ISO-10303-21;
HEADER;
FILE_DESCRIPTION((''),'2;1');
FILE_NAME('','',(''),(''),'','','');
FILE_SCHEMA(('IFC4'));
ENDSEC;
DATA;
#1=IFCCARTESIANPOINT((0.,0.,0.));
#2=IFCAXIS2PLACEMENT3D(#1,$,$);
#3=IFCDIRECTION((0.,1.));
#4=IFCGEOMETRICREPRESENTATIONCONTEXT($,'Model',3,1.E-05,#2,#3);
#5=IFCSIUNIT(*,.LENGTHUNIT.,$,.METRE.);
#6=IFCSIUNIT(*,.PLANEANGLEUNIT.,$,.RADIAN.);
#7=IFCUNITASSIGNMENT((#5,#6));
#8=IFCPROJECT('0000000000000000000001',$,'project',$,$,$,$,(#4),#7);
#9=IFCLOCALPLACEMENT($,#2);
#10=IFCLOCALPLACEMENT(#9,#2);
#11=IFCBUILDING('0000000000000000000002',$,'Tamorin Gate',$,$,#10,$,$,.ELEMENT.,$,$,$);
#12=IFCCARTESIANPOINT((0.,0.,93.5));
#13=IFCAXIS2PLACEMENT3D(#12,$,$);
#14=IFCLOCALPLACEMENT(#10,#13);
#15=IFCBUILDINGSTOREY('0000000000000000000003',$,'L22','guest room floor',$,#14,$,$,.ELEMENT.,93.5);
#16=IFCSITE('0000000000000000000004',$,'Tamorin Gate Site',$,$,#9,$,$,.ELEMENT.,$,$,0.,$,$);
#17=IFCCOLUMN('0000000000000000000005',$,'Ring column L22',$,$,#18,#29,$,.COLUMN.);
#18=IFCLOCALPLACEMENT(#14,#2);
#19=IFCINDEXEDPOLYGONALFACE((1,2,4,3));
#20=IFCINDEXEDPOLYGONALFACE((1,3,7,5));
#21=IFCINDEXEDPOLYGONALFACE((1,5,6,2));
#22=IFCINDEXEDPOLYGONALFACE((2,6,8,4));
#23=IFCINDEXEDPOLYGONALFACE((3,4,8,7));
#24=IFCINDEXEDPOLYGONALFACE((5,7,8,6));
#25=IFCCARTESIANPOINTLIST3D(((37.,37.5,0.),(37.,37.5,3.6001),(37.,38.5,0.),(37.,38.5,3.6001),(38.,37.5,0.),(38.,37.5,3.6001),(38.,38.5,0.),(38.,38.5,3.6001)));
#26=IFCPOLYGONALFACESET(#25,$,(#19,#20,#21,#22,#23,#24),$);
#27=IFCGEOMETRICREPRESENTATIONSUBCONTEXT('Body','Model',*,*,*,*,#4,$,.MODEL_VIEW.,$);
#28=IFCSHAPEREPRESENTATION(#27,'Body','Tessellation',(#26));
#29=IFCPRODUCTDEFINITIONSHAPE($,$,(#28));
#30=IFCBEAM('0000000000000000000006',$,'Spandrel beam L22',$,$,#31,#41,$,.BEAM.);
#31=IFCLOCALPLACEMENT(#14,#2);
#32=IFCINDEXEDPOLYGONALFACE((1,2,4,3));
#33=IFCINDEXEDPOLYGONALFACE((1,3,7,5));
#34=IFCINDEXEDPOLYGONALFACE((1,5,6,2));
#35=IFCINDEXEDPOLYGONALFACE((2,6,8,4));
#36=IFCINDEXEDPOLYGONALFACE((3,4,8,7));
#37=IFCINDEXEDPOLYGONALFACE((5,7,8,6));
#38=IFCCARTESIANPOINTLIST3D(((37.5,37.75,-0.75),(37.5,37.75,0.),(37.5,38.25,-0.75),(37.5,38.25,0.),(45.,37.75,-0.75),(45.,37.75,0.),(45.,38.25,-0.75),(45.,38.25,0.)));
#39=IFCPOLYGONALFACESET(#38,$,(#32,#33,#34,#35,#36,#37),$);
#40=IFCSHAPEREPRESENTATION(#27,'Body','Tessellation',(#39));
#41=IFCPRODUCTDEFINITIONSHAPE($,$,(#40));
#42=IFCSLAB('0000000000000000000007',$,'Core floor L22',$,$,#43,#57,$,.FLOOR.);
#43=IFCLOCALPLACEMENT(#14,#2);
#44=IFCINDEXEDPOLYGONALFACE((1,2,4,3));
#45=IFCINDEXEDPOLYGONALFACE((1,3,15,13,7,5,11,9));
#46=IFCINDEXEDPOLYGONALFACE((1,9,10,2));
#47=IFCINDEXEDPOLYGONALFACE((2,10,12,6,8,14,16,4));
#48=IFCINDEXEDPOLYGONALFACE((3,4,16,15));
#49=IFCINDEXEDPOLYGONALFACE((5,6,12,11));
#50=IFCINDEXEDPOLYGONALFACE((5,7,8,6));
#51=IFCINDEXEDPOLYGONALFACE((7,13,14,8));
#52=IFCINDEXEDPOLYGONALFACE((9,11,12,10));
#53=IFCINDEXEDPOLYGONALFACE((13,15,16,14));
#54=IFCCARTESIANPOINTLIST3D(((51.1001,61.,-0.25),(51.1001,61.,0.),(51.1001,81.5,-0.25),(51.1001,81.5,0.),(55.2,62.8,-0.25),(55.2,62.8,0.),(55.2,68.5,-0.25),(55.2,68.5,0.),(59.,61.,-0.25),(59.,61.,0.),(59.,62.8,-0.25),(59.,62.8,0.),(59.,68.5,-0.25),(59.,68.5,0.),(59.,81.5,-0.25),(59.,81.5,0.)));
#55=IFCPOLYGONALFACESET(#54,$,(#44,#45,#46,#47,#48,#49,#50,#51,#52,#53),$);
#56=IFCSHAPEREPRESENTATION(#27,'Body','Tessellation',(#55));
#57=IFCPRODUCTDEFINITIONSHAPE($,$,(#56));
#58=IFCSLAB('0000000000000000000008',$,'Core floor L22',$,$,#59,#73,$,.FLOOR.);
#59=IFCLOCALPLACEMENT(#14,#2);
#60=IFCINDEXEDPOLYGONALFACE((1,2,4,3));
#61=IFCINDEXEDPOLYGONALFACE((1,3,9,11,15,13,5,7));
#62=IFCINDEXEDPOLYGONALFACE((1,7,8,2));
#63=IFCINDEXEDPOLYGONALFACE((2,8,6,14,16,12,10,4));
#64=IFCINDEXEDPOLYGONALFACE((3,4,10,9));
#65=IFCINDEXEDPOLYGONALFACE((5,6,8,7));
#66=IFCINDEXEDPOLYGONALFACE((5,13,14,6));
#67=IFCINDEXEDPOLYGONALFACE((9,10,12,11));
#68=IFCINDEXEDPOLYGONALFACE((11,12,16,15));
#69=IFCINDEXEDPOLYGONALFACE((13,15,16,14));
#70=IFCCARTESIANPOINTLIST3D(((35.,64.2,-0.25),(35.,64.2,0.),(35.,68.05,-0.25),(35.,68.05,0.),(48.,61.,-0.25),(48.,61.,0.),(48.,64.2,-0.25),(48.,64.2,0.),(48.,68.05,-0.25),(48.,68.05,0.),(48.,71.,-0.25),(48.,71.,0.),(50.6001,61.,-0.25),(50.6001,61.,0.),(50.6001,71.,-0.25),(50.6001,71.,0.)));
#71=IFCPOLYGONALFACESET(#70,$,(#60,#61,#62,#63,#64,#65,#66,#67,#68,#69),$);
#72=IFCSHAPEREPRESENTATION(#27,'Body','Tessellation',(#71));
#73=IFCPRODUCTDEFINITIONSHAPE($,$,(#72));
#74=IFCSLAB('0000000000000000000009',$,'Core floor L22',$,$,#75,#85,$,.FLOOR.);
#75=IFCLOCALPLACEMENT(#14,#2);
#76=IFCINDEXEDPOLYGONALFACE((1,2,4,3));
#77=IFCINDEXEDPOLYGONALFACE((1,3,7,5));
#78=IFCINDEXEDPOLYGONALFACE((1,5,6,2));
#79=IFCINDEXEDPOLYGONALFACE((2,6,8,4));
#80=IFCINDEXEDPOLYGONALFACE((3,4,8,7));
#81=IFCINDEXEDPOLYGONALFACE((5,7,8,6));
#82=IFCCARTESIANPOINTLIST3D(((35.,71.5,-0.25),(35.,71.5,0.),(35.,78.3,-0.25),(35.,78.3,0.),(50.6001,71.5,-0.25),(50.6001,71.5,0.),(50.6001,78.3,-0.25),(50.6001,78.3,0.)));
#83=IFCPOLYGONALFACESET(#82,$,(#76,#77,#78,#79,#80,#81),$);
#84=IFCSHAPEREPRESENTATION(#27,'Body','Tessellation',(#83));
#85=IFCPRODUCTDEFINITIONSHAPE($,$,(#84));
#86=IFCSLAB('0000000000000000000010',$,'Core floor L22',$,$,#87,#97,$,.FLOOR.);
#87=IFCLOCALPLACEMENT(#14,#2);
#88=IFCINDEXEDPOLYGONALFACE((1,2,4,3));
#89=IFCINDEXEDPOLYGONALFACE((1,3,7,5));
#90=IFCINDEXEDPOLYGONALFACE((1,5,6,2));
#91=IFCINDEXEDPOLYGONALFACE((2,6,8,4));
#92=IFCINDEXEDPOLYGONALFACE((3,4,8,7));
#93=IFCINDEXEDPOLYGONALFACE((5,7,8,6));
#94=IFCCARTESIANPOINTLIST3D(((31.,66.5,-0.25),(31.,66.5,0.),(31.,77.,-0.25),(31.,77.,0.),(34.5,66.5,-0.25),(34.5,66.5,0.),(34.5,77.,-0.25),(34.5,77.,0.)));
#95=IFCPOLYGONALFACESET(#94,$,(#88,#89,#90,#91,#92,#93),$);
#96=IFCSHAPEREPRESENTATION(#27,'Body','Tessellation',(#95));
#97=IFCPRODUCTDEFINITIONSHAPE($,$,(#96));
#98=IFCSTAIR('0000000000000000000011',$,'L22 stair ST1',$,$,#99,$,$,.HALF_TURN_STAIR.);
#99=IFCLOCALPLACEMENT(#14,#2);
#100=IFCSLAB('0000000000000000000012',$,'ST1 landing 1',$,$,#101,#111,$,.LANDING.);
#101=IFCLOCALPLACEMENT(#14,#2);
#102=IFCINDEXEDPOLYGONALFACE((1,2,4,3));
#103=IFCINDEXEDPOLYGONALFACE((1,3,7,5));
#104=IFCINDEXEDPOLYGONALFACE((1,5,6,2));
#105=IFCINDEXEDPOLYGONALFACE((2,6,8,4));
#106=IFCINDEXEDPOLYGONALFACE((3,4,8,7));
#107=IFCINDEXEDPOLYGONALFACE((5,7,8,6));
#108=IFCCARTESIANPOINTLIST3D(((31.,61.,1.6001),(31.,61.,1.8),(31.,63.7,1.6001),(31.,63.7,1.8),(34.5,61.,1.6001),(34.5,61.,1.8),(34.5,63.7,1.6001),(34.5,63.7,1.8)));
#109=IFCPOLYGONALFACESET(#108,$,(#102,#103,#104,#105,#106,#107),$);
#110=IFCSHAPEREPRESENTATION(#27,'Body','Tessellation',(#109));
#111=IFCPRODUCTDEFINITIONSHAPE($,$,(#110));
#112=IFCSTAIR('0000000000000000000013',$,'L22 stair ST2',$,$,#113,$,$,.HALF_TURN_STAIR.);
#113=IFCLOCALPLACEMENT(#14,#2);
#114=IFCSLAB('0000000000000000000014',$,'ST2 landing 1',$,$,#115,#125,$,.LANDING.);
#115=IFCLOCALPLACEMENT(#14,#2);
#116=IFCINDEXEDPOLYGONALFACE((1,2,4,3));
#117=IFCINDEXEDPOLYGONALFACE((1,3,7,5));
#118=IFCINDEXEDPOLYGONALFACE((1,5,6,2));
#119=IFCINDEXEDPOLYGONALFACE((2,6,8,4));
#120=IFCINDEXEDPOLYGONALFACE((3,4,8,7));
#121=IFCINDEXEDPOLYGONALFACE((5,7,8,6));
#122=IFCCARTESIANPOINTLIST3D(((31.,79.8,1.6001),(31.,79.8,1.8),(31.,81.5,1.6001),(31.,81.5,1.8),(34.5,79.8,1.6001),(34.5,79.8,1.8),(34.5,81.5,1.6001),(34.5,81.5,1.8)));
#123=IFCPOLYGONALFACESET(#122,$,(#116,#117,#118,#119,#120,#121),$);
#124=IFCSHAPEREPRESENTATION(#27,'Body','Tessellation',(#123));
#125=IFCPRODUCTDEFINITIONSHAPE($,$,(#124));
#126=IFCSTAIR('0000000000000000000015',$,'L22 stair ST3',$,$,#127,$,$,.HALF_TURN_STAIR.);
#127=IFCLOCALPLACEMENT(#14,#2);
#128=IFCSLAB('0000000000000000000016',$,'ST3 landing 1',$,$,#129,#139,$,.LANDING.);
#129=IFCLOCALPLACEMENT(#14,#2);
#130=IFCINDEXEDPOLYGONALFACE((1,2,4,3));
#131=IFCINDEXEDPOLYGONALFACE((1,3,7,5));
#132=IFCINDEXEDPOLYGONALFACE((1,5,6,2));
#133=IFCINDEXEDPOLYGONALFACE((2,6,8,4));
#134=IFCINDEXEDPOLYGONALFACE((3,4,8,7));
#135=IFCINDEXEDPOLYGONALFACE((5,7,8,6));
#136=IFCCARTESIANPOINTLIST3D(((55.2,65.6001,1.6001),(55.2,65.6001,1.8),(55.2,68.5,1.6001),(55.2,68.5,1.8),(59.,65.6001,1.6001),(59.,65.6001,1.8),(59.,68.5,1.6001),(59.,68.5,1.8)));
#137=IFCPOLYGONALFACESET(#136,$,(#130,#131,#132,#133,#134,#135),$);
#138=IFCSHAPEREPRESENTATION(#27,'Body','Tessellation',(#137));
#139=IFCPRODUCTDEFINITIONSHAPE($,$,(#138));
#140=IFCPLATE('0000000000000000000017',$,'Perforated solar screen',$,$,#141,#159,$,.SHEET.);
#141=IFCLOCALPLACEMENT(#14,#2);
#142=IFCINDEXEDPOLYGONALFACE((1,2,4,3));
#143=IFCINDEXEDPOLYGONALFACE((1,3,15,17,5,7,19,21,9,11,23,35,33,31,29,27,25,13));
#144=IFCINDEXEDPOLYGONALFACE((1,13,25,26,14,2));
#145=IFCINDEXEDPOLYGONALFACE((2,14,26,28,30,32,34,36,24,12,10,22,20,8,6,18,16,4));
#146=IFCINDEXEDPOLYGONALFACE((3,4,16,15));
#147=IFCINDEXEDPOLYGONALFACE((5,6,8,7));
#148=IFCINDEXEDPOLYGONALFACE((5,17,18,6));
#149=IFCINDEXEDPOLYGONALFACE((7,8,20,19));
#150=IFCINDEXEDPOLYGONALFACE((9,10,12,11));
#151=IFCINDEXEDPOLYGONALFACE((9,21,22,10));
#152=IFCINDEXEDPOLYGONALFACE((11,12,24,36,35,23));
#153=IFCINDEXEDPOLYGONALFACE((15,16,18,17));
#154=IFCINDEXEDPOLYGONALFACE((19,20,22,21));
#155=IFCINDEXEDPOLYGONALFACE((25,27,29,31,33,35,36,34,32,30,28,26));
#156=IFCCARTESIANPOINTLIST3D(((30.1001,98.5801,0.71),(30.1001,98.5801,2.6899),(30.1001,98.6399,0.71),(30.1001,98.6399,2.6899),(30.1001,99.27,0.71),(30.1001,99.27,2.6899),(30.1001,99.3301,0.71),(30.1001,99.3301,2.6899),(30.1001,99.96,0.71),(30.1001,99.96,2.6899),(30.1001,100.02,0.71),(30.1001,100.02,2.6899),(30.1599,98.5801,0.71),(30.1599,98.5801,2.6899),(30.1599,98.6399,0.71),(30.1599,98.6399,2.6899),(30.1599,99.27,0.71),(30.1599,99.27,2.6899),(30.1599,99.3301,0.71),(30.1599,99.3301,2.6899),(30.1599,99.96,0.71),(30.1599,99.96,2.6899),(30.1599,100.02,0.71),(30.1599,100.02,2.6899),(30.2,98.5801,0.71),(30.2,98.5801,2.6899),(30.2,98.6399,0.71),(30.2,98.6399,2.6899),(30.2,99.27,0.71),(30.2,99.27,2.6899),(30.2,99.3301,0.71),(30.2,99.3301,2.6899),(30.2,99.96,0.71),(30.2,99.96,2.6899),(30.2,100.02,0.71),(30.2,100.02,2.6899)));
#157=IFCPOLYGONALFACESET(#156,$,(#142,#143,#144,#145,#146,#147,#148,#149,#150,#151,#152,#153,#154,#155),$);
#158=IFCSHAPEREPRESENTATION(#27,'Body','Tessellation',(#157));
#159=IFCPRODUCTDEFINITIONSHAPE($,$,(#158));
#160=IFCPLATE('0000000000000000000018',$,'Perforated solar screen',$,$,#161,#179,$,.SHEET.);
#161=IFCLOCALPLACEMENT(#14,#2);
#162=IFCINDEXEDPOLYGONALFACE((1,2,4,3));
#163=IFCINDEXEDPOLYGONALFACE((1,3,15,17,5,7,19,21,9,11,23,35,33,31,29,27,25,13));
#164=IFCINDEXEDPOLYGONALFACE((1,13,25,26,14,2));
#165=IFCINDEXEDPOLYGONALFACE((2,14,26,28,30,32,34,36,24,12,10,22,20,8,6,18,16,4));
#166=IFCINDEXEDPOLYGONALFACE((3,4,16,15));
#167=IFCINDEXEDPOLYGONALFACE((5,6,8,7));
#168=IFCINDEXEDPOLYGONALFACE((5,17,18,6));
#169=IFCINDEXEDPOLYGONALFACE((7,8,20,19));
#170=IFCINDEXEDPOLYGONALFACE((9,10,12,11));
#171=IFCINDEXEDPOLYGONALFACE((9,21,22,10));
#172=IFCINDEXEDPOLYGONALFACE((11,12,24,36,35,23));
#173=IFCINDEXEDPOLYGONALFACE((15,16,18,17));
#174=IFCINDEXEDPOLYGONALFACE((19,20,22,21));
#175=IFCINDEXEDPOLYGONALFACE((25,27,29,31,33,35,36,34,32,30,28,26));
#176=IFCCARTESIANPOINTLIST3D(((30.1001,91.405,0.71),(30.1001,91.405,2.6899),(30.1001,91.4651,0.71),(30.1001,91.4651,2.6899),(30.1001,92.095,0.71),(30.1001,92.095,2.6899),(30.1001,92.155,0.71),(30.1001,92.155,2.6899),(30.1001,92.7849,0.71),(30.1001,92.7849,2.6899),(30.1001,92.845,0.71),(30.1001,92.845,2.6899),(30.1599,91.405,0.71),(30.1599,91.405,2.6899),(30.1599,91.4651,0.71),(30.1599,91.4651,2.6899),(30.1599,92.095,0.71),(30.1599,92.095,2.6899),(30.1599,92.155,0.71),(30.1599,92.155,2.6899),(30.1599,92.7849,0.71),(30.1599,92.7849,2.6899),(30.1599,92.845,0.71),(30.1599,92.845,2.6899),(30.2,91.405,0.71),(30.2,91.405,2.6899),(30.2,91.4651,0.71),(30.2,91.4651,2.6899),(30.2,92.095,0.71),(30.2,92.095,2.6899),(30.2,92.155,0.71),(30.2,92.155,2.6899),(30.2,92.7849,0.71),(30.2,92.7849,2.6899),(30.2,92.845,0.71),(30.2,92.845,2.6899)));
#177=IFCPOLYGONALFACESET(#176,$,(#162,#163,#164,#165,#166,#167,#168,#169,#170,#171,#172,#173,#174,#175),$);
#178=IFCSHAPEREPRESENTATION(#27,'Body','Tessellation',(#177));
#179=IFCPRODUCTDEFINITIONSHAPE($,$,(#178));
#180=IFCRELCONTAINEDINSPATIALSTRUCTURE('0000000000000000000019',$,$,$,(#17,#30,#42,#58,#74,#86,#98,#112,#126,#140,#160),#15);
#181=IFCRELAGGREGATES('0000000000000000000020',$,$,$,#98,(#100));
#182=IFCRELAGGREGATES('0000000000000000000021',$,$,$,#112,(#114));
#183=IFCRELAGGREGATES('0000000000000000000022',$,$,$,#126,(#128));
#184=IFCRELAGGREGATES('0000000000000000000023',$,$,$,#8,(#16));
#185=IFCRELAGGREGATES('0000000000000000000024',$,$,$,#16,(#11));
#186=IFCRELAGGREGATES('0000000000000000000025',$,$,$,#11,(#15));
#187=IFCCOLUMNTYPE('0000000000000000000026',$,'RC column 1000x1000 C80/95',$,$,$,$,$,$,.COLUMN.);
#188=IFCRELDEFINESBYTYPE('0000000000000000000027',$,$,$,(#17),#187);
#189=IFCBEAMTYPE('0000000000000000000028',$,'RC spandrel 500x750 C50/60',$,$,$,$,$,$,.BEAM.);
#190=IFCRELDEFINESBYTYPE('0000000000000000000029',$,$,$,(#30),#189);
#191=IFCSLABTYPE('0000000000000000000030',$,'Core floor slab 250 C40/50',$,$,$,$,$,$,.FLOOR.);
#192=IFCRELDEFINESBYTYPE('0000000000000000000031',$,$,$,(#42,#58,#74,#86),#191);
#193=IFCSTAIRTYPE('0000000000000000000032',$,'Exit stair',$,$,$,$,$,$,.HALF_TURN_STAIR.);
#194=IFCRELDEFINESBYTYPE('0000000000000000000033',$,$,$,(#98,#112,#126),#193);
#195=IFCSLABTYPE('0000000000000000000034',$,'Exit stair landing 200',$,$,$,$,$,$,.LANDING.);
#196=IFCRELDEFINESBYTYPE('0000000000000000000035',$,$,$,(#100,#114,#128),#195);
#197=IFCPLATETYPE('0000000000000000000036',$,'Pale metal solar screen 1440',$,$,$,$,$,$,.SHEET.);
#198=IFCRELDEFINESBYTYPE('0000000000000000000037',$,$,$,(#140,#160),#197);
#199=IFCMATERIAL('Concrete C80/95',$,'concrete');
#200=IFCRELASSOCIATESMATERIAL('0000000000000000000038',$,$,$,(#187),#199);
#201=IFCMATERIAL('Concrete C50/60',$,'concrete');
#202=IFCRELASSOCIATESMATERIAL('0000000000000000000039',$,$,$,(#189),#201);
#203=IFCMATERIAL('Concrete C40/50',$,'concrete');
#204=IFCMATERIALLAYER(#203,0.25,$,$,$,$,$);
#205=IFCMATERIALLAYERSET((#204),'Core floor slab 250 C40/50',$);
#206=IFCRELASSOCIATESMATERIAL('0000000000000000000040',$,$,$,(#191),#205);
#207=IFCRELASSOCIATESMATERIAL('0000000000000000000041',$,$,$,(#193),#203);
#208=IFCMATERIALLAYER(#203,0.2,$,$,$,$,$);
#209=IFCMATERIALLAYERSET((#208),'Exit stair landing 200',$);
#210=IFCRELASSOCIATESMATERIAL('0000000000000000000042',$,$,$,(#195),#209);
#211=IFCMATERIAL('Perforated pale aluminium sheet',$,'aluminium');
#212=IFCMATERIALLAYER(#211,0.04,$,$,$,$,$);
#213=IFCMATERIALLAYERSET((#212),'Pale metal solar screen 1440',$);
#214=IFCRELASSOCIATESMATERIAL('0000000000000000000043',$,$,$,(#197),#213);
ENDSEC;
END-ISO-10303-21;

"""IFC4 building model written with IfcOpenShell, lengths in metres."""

from ifc_helpers import new_model, si_unit, direction, frame, origin, origin_2d, place, context, subcontext, project, spatial, polyline, rectangle, outline, extrude, material, layer, layer_set, material_profile, profile_set, type_object, element, aggregate, save


model = new_model("IFC4")

# Units and contexts
model_context = context("Model", 3, precision=1e-05, world=origin(), true_north=direction((0.0, 1.0)))
body_context = subcontext(model_context, "Body", "Model", "MODEL_VIEW")
ifc_project = project(units=[si_unit("LENGTHUNIT", "METRE"), si_unit("PLANEANGLEUNIT", "RADIAN")], contexts=[model_context])

# Site, building, storey
site_placement = place(None, origin())
site = spatial("IfcSite", under=ifc_project, at=site_placement, Name="Tamorin Gate Site", CompositionType="ELEMENT", RefElevation=0.0)
building_placement = place(site_placement, origin())
building = spatial("IfcBuilding", under=site, at=building_placement, Name="Tamorin Gate", CompositionType="ELEMENT")
storey_placement = place(building_placement, frame((0.0, 0.0, 93.5)))
storey = spatial("IfcBuildingStorey", under=building, at=storey_placement, Name="L22", Description="guest room floor", CompositionType="ELEMENT", Elevation=93.5)

# Column
ifc_material_1 = material(Name="Concrete C80/95", Category="concrete")
ifc_material_profile_1 = material_profile(ifc_material_1, rectangle(XDim=1.0, YDim=1.0, at=origin_2d()), Name="RC 1000x1000")
ifc_profile_set_1 = profile_set([ifc_material_profile_1], Name="Concrete C80/95")
column_type = type_object("IfcColumnType", Name="RC column 1000x1000 C80/95", PredefinedType="COLUMN", material=ifc_profile_set_1)
column_placement = place(storey_placement, frame((37.5, 38.0, 0.0), z_axis=(0.0, 0.0, 1.0), x_axis=(1.0, 0.0, 0.0)))
element("IfcColumn", 1, at=column_placement, inside=storey, type_object=column_type, Name="Ring column L22", PredefinedType="COLUMN", context=body_context, shape_type="SweptSolid", body=[
    extrude(rectangle(XDim=1.0, YDim=1.0, at=origin_2d()), origin(), (0.0, 0.0, 1.0), 3.6001),
])

# Beam
ifc_material_2 = material(Name="Concrete C50/60", Category="concrete")
ifc_material_profile_2 = material_profile(ifc_material_2, rectangle(XDim=0.5, YDim=0.75, at=origin_2d()), Name="RC 500x750")
ifc_profile_set_2 = profile_set([ifc_material_profile_2], Name="Concrete C50/60")
beam_type = type_object("IfcBeamType", Name="RC spandrel 500x750 C50/60", PredefinedType="BEAM", material=ifc_profile_set_2)
beam_placement = place(storey_placement, frame((37.5, 38.0, -0.375), z_axis=(1.0, 0.0, 0.0), x_axis=(0.0, 1.0, 0.0)))
element("IfcBeam", 2, at=beam_placement, inside=storey, type_object=beam_type, Name="Spandrel beam L22", PredefinedType="BEAM", context=body_context, shape_type="SweptSolid", body=[
    extrude(rectangle(XDim=0.5, YDim=0.75, at=origin_2d()), origin(), (0.0, 0.0, 1.0), 7.5),
])

# Slabs
ifc_material_3 = material(Name="Concrete C40/50", Category="concrete")
ifc_layer_1 = layer(ifc_material_3, 0.25)
ifc_layer_set_1 = layer_set([ifc_layer_1], Name="Core floor slab 250 C40/50")
slab_type_1 = type_object("IfcSlabType", Name="Core floor slab 250 C40/50", PredefinedType="FLOOR", material=ifc_layer_set_1)
slab_1_placement = place(storey_placement, frame((0.0, 0.0, -0.25)))
element("IfcSlab", 3, at=slab_1_placement, inside=storey, type_object=slab_type_1, Name="Core floor L22", PredefinedType="FLOOR", context=body_context, shape_type="SweptSolid", body=[
    extrude(outline(polyline([(59.0, 62.8), (59.0, 61.0), (51.1001, 61.0), (51.1001, 81.5), (59.0, 81.5), (59.0, 68.5), (55.2, 68.5), (55.2, 62.8), (59.0, 62.8)])), origin(), (0.0, 0.0, 1.0), 0.25),
])
slab_2_placement = place(storey_placement, frame((0.0, 0.0, -0.25)))
element("IfcSlab", 4, at=slab_2_placement, inside=storey, type_object=slab_type_1, Name="Core floor L22", PredefinedType="FLOOR", context=body_context, shape_type="SweptSolid", body=[
    extrude(outline(polyline([(50.6001, 61.0), (48.0, 61.0), (48.0, 64.2), (35.0, 64.2), (35.0, 68.05), (48.0, 68.05), (48.0, 71.0), (50.6001, 71.0), (50.6001, 61.0)])), origin(), (0.0, 0.0, 1.0), 0.25),
])
slab_3_placement = place(storey_placement, frame((0.0, 0.0, -0.25)))
element("IfcSlab", 5, at=slab_3_placement, inside=storey, type_object=slab_type_1, Name="Core floor L22", PredefinedType="FLOOR", context=body_context, shape_type="SweptSolid", body=[
    extrude(outline(polyline([(50.6001, 71.5), (35.0, 71.5), (35.0, 78.3), (50.6001, 78.3), (50.6001, 71.5)])), origin(), (0.0, 0.0, 1.0), 0.25),
])
slab_4_placement = place(storey_placement, frame((0.0, 0.0, -0.25)))
element("IfcSlab", 6, at=slab_4_placement, inside=storey, type_object=slab_type_1, Name="Core floor L22", PredefinedType="FLOOR", context=body_context, shape_type="SweptSolid", body=[
    extrude(outline(polyline([(31.0, 66.5), (31.0, 77.0), (34.5, 77.0), (34.5, 66.5), (31.0, 66.5)])), origin(), (0.0, 0.0, 1.0), 0.25),
])

# Stairs, slabs
stair_type = type_object("IfcStairType", Name="Exit stair", PredefinedType="HALF_TURN_STAIR", material=ifc_material_3)
stair_1_placement = place(storey_placement, origin())
stair_1 = element("IfcStair", 7, at=stair_1_placement, inside=storey, type_object=stair_type, Name="L22 stair ST1", PredefinedType="HALF_TURN_STAIR")
ifc_layer_2 = layer(ifc_material_3, 0.2)
ifc_layer_set_2 = layer_set([ifc_layer_2], Name="Exit stair landing 200")
slab_type_2 = type_object("IfcSlabType", Name="Exit stair landing 200", PredefinedType="LANDING", material=ifc_layer_set_2)
slab_5_placement = place(storey_placement, frame((0.0, 0.0, 1.6001)))
slab_5 = element("IfcSlab", 8, at=slab_5_placement, type_object=slab_type_2, Name="ST1 landing 1", PredefinedType="LANDING", context=body_context, shape_type="SweptSolid", body=[
    extrude(outline(polyline([(31.0, 63.7), (31.0, 61.0), (34.5, 61.0), (34.5, 63.7), (31.0, 63.7)])), origin(), (0.0, 0.0, 1.0), 0.2),
])
aggregate(stair_1, [slab_5])
stair_2_placement = place(storey_placement, origin())
stair_2 = element("IfcStair", 9, at=stair_2_placement, inside=storey, type_object=stair_type, Name="L22 stair ST2", PredefinedType="HALF_TURN_STAIR")
slab_6_placement = place(storey_placement, frame((0.0, 0.0, 1.6001)))
slab_6 = element("IfcSlab", 10, at=slab_6_placement, type_object=slab_type_2, Name="ST2 landing 1", PredefinedType="LANDING", context=body_context, shape_type="SweptSolid", body=[
    extrude(outline(polyline([(34.5, 79.8), (34.5, 81.5), (31.0, 81.5), (31.0, 79.8), (34.5, 79.8)])), origin(), (0.0, 0.0, 1.0), 0.2),
])
aggregate(stair_2, [slab_6])
stair_3_placement = place(storey_placement, origin())
stair_3 = element("IfcStair", 11, at=stair_3_placement, inside=storey, type_object=stair_type, Name="L22 stair ST3", PredefinedType="HALF_TURN_STAIR")
slab_7_placement = place(storey_placement, frame((0.0, 0.0, 1.6001)))
slab_7 = element("IfcSlab", 12, at=slab_7_placement, type_object=slab_type_2, Name="ST3 landing 1", PredefinedType="LANDING", context=body_context, shape_type="SweptSolid", body=[
    extrude(outline(polyline([(59.0, 65.6001), (59.0, 68.5), (55.2, 68.5), (55.2, 65.6001), (59.0, 65.6001)])), origin(), (0.0, 0.0, 1.0), 0.2),
])
aggregate(stair_3, [slab_7])

# Plates
ifc_material_4 = material(Name="Perforated pale aluminium sheet", Category="aluminium")
ifc_layer_3 = layer(ifc_material_4, 0.04)
ifc_layer_set_3 = layer_set([ifc_layer_3], Name="Pale metal solar screen 1440")
plate_type = type_object("IfcPlateType", Name="Pale metal solar screen 1440", PredefinedType="SHEET", material=ifc_layer_set_3)
plate_1_placement = place(storey_placement, frame((0.0, 0.0, 0.71)))
element("IfcPlate", 13, at=plate_1_placement, inside=storey, type_object=plate_type, Name="Perforated solar screen", PredefinedType="SHEET", context=body_context, shape_type="SweptSolid", body=[
    extrude(outline(polyline([(30.1599, 100.02), (30.2, 100.02), (30.2, 99.96), (30.2, 99.3301), (30.2, 99.27), (30.2, 98.6399), (30.2, 98.5801), (30.1599, 98.5801), (30.1001, 98.5801), (30.1001, 98.6399), (30.1599, 98.6399), (30.1599, 99.27), (30.1001, 99.27), (30.1001, 99.3301), (30.1599, 99.3301), (30.1599, 99.96), (30.1001, 99.96), (30.1001, 100.02), (30.1599, 100.02)])), origin(), (0.0, 0.0, 1.0), 1.98),
])
plate_2_placement = place(storey_placement, frame((0.0, 0.0, 0.71)))
element("IfcPlate", 14, at=plate_2_placement, inside=storey, type_object=plate_type, Name="Perforated solar screen", PredefinedType="SHEET", context=body_context, shape_type="SweptSolid", body=[
    extrude(outline(polyline([(30.1599, 92.845), (30.2, 92.845), (30.2, 92.7849), (30.2, 92.155), (30.2, 92.095), (30.2, 91.4651), (30.2, 91.405), (30.1599, 91.405), (30.1001, 91.405), (30.1001, 91.4651), (30.1599, 91.4651), (30.1599, 92.095), (30.1001, 92.095), (30.1001, 92.155), (30.1599, 92.155), (30.1599, 92.7849), (30.1001, 92.7849), (30.1001, 92.845), (30.1599, 92.845)])), origin(), (0.0, 0.0, 1.0), 1.98),
])

save(model, "model.ifc")
